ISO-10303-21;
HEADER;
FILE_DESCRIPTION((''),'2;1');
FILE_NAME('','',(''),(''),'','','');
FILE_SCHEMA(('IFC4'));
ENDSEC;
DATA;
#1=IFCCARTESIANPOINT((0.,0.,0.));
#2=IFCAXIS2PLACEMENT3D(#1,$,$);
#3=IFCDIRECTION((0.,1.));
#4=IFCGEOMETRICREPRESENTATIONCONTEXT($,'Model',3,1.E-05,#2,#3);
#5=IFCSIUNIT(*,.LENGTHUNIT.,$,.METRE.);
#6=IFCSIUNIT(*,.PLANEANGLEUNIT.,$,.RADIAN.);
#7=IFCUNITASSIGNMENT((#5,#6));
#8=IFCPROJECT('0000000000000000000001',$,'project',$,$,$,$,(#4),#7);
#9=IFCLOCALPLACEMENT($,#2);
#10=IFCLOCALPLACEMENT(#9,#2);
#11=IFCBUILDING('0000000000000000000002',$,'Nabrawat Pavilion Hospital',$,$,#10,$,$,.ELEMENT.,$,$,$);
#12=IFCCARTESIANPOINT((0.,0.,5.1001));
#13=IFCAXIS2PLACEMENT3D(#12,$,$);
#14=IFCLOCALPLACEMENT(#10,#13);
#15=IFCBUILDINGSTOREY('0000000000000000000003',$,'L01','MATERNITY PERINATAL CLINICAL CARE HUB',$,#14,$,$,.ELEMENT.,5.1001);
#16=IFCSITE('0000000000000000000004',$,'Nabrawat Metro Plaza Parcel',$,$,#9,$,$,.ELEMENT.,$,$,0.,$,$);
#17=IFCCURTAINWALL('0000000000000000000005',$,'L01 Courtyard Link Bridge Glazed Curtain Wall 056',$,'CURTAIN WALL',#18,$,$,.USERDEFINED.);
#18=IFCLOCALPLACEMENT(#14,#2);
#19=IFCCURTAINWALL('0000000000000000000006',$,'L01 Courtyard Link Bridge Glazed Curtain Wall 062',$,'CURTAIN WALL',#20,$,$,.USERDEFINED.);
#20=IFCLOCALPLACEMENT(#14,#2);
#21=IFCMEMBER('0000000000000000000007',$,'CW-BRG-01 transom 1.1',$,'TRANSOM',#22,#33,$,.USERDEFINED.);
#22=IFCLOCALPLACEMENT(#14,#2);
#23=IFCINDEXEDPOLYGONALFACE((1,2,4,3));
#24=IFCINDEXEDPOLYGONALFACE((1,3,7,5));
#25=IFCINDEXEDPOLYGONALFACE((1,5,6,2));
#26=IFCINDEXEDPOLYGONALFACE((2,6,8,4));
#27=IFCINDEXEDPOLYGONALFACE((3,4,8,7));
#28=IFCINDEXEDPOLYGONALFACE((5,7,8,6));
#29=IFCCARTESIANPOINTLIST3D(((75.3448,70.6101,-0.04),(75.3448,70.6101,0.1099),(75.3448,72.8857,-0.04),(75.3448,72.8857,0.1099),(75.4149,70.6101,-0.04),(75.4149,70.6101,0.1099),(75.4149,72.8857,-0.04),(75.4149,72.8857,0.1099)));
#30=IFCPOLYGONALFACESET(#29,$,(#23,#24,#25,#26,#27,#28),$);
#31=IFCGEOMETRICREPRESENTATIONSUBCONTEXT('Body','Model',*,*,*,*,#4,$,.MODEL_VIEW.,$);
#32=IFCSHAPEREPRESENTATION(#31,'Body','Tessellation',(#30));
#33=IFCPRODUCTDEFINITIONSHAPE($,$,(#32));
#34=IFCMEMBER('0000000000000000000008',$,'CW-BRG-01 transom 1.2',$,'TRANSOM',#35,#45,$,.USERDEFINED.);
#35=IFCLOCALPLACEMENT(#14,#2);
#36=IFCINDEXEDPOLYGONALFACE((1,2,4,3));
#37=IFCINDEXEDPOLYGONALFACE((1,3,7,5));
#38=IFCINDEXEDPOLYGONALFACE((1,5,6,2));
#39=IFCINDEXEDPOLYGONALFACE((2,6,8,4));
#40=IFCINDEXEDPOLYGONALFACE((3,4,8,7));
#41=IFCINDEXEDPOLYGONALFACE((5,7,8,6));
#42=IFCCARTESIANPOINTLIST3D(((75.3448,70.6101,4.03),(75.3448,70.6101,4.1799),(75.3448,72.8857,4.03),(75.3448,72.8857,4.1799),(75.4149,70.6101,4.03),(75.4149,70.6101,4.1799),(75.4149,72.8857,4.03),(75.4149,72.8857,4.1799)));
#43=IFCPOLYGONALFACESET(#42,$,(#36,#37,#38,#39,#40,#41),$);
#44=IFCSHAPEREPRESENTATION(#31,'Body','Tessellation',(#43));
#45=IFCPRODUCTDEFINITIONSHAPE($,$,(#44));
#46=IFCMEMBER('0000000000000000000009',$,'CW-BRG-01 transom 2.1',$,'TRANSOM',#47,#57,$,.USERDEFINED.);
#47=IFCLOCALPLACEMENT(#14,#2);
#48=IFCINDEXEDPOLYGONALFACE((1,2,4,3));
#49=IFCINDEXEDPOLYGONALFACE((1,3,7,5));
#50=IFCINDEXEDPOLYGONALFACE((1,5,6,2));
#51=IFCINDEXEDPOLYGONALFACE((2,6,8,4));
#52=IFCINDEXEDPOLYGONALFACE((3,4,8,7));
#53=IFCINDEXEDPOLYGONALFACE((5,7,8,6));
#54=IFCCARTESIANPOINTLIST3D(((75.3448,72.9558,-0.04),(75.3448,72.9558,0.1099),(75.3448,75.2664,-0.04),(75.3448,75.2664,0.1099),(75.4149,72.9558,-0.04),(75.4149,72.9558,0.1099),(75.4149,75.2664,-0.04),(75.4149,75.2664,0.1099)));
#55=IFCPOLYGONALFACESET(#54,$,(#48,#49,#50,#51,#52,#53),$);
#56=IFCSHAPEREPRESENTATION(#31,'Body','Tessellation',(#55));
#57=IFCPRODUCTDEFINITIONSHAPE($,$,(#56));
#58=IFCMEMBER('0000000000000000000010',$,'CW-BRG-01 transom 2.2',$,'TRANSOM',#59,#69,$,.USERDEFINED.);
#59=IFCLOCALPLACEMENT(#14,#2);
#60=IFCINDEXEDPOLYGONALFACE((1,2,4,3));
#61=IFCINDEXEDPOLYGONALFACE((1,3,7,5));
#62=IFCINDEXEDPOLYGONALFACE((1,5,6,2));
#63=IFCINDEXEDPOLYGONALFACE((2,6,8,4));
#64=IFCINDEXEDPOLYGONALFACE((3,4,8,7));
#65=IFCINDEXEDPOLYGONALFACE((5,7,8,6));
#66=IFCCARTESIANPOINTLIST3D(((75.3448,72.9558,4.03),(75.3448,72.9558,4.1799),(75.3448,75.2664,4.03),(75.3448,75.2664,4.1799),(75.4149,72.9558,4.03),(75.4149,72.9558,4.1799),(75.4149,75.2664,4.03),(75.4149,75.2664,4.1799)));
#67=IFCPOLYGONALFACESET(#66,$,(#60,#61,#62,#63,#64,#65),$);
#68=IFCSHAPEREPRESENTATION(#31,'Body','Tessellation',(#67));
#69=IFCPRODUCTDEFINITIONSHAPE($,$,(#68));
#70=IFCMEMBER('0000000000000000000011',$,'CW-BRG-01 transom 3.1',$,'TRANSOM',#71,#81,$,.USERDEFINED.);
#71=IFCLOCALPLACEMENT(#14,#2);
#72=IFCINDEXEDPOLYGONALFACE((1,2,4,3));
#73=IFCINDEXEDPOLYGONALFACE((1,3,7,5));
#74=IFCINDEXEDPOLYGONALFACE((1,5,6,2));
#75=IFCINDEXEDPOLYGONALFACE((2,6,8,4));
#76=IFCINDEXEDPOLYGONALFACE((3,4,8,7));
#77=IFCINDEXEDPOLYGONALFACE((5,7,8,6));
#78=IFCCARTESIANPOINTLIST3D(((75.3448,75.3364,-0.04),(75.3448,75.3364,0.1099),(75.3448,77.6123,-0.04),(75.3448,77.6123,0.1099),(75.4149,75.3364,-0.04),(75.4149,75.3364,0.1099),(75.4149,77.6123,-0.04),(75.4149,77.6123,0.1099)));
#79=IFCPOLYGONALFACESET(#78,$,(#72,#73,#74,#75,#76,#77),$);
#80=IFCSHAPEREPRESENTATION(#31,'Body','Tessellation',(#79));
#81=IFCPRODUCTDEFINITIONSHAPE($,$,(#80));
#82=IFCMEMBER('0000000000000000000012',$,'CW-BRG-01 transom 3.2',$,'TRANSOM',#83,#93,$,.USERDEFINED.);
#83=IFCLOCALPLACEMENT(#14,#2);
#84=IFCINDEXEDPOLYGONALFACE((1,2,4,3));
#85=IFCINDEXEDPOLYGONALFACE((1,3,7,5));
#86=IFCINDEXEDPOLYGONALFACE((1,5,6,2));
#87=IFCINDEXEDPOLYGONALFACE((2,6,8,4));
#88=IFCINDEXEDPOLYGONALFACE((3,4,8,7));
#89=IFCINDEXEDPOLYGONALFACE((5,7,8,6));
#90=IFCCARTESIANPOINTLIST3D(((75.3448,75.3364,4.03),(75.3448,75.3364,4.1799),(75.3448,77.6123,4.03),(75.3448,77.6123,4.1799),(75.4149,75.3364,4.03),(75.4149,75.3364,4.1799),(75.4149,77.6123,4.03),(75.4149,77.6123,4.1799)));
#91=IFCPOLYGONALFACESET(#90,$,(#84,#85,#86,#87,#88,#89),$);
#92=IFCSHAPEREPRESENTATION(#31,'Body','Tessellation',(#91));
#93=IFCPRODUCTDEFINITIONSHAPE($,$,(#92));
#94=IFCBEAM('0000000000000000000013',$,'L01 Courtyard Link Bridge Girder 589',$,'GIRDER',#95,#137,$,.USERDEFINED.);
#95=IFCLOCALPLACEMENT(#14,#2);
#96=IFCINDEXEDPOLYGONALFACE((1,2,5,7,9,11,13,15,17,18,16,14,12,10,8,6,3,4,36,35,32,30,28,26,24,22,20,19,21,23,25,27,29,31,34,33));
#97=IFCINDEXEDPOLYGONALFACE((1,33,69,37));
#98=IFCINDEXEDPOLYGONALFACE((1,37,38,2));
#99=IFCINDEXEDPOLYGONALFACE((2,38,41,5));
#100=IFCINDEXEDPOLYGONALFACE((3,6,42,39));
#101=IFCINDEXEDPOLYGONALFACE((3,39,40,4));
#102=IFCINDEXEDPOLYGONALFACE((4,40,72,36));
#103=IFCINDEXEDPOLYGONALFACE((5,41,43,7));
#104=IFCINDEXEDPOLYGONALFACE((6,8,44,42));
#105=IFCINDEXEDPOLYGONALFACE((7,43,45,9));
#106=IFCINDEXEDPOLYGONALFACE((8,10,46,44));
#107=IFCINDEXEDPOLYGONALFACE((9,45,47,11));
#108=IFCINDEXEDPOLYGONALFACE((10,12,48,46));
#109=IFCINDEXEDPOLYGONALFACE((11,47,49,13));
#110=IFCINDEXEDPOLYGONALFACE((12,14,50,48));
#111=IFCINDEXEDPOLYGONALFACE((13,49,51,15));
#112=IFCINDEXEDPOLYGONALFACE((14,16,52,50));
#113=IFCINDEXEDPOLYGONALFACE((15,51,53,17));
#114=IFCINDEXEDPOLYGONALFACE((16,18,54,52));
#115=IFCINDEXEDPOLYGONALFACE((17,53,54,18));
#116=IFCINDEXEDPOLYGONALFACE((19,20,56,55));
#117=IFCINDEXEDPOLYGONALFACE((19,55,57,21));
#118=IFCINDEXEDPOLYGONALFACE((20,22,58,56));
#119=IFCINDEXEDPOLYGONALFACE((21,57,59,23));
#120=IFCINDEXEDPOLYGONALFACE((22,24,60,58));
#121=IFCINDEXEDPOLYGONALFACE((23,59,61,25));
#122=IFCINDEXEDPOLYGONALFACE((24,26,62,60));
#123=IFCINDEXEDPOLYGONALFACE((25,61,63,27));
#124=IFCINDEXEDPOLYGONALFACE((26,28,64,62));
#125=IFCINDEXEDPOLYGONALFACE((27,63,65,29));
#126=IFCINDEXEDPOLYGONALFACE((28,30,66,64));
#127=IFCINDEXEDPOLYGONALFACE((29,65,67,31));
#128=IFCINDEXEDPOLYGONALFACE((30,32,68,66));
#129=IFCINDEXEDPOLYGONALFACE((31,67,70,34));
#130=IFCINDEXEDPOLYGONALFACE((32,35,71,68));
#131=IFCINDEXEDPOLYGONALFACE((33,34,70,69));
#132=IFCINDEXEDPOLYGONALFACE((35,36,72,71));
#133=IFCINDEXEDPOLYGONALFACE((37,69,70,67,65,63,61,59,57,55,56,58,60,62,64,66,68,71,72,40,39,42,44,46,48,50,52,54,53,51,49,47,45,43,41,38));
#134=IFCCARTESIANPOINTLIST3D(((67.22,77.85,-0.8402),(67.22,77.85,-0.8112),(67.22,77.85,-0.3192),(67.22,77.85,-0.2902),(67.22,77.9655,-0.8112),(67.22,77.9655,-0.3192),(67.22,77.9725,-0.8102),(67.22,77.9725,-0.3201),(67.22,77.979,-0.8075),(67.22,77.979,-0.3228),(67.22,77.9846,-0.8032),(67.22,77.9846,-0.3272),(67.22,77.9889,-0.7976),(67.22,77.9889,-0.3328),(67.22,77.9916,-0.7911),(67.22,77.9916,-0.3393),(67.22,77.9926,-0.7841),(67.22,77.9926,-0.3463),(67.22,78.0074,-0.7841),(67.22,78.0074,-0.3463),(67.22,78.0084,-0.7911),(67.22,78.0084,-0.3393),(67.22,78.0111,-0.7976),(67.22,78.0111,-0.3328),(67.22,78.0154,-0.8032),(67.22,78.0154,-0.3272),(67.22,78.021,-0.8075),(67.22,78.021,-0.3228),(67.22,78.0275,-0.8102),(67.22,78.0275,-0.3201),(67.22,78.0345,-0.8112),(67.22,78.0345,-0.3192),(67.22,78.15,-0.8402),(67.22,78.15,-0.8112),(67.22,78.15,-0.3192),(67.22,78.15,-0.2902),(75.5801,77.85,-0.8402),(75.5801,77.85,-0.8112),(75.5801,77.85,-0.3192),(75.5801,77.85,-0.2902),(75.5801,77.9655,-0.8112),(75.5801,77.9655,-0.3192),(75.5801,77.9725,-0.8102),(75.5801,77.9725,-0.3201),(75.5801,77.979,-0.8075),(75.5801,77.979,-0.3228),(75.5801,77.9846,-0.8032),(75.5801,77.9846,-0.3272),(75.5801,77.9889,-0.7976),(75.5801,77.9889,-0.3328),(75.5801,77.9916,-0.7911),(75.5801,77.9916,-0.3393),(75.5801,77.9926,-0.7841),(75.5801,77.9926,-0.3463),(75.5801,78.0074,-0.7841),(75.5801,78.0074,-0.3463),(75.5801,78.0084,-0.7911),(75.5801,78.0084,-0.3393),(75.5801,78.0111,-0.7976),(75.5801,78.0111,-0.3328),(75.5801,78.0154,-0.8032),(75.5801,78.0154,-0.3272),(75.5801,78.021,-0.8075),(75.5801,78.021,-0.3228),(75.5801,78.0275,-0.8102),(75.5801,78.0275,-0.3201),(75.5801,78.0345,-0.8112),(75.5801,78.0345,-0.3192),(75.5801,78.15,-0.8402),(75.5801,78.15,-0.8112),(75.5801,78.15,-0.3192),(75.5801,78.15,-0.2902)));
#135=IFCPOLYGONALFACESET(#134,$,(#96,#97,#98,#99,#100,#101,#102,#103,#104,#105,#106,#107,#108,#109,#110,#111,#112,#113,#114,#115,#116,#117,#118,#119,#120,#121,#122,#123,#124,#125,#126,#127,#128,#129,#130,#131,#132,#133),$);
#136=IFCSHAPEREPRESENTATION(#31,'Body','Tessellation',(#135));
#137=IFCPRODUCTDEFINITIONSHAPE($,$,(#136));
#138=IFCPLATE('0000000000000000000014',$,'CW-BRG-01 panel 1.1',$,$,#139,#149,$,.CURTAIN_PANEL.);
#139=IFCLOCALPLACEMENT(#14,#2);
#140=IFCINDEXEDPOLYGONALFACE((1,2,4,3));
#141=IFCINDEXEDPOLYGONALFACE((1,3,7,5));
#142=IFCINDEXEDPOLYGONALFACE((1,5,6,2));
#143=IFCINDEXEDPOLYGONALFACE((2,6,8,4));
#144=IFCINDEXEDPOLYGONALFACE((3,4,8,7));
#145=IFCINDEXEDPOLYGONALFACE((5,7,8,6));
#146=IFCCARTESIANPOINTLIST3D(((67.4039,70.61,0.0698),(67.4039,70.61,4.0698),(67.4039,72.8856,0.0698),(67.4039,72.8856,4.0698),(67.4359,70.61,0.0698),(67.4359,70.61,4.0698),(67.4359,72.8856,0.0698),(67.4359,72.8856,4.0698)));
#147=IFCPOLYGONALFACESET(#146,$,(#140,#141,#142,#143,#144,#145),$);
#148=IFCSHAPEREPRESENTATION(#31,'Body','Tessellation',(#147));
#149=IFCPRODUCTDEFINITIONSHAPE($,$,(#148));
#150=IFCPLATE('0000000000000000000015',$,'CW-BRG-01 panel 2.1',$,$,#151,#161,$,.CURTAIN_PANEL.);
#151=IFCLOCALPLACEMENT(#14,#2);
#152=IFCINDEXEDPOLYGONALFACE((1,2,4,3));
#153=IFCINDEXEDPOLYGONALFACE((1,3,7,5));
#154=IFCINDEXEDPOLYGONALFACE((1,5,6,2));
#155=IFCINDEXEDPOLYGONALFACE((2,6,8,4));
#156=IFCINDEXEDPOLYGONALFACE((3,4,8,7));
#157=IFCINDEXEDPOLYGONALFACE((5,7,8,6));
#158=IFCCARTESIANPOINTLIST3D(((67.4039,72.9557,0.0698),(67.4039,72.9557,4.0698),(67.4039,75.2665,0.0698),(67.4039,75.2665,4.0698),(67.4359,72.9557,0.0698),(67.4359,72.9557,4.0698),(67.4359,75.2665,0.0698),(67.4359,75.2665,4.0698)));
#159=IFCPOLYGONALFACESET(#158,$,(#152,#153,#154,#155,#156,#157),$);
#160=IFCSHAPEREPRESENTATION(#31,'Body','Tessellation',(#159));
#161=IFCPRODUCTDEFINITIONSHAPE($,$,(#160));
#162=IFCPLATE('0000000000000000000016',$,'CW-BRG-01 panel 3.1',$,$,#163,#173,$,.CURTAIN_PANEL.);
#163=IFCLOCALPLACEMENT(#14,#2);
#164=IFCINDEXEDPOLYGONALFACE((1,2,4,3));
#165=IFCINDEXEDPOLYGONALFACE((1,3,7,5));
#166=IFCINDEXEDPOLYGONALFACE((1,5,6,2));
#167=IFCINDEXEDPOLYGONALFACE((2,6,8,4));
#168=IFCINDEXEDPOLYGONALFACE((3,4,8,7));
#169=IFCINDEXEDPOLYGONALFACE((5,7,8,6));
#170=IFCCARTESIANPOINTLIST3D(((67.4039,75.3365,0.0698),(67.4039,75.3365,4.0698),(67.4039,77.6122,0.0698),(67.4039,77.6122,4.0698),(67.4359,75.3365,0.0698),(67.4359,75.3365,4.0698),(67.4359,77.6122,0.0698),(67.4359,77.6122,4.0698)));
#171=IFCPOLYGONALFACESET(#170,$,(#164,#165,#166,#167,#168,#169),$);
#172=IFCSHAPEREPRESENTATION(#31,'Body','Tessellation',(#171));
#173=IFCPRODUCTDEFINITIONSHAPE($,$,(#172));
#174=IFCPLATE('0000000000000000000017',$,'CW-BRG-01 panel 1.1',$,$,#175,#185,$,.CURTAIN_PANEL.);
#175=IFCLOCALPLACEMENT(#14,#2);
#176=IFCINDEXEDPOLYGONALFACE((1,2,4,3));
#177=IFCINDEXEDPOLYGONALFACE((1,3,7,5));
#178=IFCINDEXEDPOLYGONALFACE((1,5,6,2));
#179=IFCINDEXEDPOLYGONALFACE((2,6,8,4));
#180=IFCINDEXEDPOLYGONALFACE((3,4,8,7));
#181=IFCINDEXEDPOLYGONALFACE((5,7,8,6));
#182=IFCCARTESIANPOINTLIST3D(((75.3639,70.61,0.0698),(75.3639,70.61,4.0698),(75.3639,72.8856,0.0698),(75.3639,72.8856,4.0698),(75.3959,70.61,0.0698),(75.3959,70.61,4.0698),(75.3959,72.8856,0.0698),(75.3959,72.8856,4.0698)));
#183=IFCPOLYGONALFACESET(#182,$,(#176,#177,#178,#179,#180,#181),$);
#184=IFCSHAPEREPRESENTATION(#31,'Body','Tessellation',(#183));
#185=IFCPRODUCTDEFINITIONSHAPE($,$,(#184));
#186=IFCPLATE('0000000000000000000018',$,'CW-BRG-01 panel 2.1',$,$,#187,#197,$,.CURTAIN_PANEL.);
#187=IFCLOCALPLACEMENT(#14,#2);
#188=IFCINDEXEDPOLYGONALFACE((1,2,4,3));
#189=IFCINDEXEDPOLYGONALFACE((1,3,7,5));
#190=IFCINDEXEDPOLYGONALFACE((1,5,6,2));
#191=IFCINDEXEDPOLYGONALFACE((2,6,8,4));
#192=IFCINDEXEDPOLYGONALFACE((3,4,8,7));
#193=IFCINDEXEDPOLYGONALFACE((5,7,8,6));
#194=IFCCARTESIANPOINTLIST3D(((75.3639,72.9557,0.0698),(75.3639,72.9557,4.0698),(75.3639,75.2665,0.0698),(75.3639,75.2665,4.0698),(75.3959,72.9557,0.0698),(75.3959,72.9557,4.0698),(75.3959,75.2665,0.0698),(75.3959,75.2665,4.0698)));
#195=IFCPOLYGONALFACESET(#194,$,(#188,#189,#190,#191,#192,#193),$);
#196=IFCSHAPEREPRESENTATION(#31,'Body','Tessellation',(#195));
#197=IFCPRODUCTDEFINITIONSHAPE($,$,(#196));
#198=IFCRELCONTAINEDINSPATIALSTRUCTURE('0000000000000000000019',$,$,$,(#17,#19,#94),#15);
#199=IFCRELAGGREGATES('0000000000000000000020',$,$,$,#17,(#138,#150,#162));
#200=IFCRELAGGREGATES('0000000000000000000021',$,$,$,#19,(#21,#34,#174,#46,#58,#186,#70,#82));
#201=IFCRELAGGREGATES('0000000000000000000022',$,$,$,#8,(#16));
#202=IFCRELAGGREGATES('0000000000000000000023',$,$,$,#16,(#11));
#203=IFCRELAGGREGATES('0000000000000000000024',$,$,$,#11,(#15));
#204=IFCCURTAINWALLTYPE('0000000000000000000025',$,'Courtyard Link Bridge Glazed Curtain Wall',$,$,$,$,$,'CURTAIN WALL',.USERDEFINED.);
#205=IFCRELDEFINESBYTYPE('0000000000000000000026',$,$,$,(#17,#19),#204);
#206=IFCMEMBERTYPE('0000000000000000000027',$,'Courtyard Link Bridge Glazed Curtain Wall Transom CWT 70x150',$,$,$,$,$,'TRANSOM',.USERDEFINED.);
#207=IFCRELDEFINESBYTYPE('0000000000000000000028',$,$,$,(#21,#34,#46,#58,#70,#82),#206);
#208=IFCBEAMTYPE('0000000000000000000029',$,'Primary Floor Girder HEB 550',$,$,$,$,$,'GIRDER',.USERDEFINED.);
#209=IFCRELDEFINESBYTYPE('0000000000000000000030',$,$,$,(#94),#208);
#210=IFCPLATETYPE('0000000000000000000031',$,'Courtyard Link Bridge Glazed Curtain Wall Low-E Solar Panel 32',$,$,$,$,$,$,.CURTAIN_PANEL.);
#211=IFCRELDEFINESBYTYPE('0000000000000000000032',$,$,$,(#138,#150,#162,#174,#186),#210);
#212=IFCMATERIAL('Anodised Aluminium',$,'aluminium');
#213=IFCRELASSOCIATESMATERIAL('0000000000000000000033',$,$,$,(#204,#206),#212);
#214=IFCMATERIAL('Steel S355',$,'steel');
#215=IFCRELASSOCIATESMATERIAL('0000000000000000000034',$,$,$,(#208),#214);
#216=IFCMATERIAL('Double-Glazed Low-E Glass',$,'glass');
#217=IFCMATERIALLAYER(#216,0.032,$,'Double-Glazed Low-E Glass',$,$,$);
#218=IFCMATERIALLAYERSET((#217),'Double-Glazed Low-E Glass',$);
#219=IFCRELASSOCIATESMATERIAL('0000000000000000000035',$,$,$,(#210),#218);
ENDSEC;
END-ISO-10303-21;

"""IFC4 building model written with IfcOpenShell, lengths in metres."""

from ifc_helpers import new_model, si_unit, direction, frame, origin, origin_2d, place, context, subcontext, project, spatial, rectangle, i_section, extrude, material, layer, layer_set, material_profile, profile_set, type_object, element, aggregate, save


model = new_model("IFC4")

# Units and contexts
model_context = context("Model", 3, precision=1e-05, world=origin(), true_north=direction((0.0, 1.0)))
body_context = subcontext(model_context, "Body", "Model", "MODEL_VIEW")
ifc_project = project(units=[si_unit("LENGTHUNIT", "METRE"), si_unit("PLANEANGLEUNIT", "RADIAN")], contexts=[model_context])

# Site, building, storey
site_placement = place(None, origin())
site = spatial("IfcSite", under=ifc_project, at=site_placement, Name="Nabrawat Metro Plaza Parcel", CompositionType="ELEMENT", RefElevation=0.0)
building_placement = place(site_placement, origin())
building = spatial("IfcBuilding", under=site, at=building_placement, Name="Nabrawat Pavilion Hospital", CompositionType="ELEMENT")
storey_placement = place(building_placement, frame((0.0, 0.0, 5.1001)))
storey = spatial("IfcBuildingStorey", under=building, at=storey_placement, Name="L01", Description="MATERNITY PERINATAL CLINICAL CARE HUB", CompositionType="ELEMENT", Elevation=5.1001)

# Shared definitions
ifc_material_1 = material(Name="Steel S355", Category="steel")

# Curtain wall
ifc_material_2 = material(Name="Anodised Aluminium", Category="aluminium")
curtain_wall_type = type_object("IfcCurtainWallType", Name="Courtyard Link Bridge Glazed Curtain Wall", ElementType="CURTAIN WALL", PredefinedType="USERDEFINED", material=ifc_material_2)
curtain_wall_1_placement = place(storey_placement, origin())
curtain_wall_1 = element("IfcCurtainWall", 1, at=curtain_wall_1_placement, inside=storey, type_object=curtain_wall_type, Name="L01 Courtyard Link Bridge Glazed Curtain Wall 056", ObjectType="CURTAIN WALL", PredefinedType="USERDEFINED")

# Curtain wall
curtain_wall_2_placement = place(storey_placement, origin())
curtain_wall_2 = element("IfcCurtainWall", 2, at=curtain_wall_2_placement, inside=storey, type_object=curtain_wall_type, Name="L01 Courtyard Link Bridge Glazed Curtain Wall 062", ObjectType="CURTAIN WALL", PredefinedType="USERDEFINED")

# Members
ifc_material_profile_1 = material_profile(ifc_material_2, rectangle(XDim=0.0701, YDim=0.1499, at=origin_2d()), Name="CWT 70x150")
ifc_profile_set_1 = profile_set([ifc_material_profile_1], Name="Anodised Aluminium")
member_type_1 = type_object("IfcMemberType", Name="Courtyard Link Bridge Glazed Curtain Wall Transom CWT 70x150", ElementType="TRANSOM", PredefinedType="USERDEFINED", material=ifc_profile_set_1)
member_1_placement = place(storey_placement, frame((75.3799, 70.6101, 0.0349), z_axis=(0.0, 1.0, 0.0), x_axis=(-1.0, 0.0, 0.0)))
member_1 = element("IfcMember", 3, at=member_1_placement, type_object=member_type_1, Name="CW-BRG-01 transom 1.1", ObjectType="TRANSOM", PredefinedType="USERDEFINED", context=body_context, shape_type="SweptSolid", body=[
    extrude(rectangle(XDim=0.0701, YDim=0.1499, at=origin_2d()), origin(), (0.0, 0.0, 1.0), 2.2756),
])
member_2_placement = place(storey_placement, frame((75.3799, 70.6101, 4.105), z_axis=(0.0, 1.0, 0.0), x_axis=(-1.0, 0.0, 0.0)))
member_2 = element("IfcMember", 4, at=member_2_placement, type_object=member_type_1, Name="CW-BRG-01 transom 1.2", ObjectType="TRANSOM", PredefinedType="USERDEFINED", context=body_context, shape_type="SweptSolid", body=[
    extrude(rectangle(XDim=0.0701, YDim=0.1499, at=origin_2d()), origin(), (0.0, 0.0, 1.0), 2.2756),
])
member_3_placement = place(storey_placement, frame((75.3799, 72.9558, 0.0349), z_axis=(0.0, 1.0, 0.0), x_axis=(-1.0, 0.0, 0.0)))
member_3 = element("IfcMember", 5, at=member_3_placement, type_object=member_type_1, Name="CW-BRG-01 transom 2.1", ObjectType="TRANSOM", PredefinedType="USERDEFINED", context=body_context, shape_type="SweptSolid", body=[
    extrude(rectangle(XDim=0.0701, YDim=0.1499, at=origin_2d()), origin(), (0.0, 0.0, 1.0), 2.3105),
])
member_4_placement = place(storey_placement, frame((75.3799, 72.9558, 4.105), z_axis=(0.0, 1.0, 0.0), x_axis=(-1.0, 0.0, 0.0)))
member_4 = element("IfcMember", 6, at=member_4_placement, type_object=member_type_1, Name="CW-BRG-01 transom 2.2", ObjectType="TRANSOM", PredefinedType="USERDEFINED", context=body_context, shape_type="SweptSolid", body=[
    extrude(rectangle(XDim=0.0701, YDim=0.1499, at=origin_2d()), origin(), (0.0, 0.0, 1.0), 2.3105),
])
member_5_placement = place(storey_placement, frame((75.3799, 75.3364, 0.0349), z_axis=(0.0, 1.0, 0.0), x_axis=(-1.0, 0.0, 0.0)))
member_5 = element("IfcMember", 7, at=member_5_placement, type_object=member_type_1, Name="CW-BRG-01 transom 3.1", ObjectType="TRANSOM", PredefinedType="USERDEFINED", context=body_context, shape_type="SweptSolid", body=[
    extrude(rectangle(XDim=0.0701, YDim=0.1499, at=origin_2d()), origin(), (0.0, 0.0, 1.0), 2.2759),
])
member_6_placement = place(storey_placement, frame((75.3799, 75.3364, 4.105), z_axis=(0.0, 1.0, 0.0), x_axis=(-1.0, 0.0, 0.0)))
member_6 = element("IfcMember", 8, at=member_6_placement, type_object=member_type_1, Name="CW-BRG-01 transom 3.2", ObjectType="TRANSOM", PredefinedType="USERDEFINED", context=body_context, shape_type="SweptSolid", body=[
    extrude(rectangle(XDim=0.0701, YDim=0.1499, at=origin_2d()), origin(), (0.0, 0.0, 1.0), 2.2759),
])

# Beam
ifc_material_profile_2 = material_profile(ifc_material_1, i_section(OverallWidth=0.3, OverallDepth=0.55, WebThickness=0.0149, FlangeThickness=0.0291, FilletRadius=0.0271, at=origin_2d()), Name="HEB 550")
ifc_profile_set_2 = profile_set([ifc_material_profile_2], Name="Steel S355")
beam_type_1 = type_object("IfcBeamType", Name="Primary Floor Girder HEB 550", ElementType="GIRDER", PredefinedType="USERDEFINED", material=ifc_profile_set_2)
beam_placement = place(storey_placement, frame((67.22, 78.0, -0.5652), z_axis=(1.0, 0.0, 0.0), x_axis=(0.0, 1.0, 0.0)))
element("IfcBeam", 9, at=beam_placement, inside=storey, type_object=beam_type_1, Name="L01 Courtyard Link Bridge Girder 589", ObjectType="GIRDER", PredefinedType="USERDEFINED", context=body_context, shape_type="SweptSolid", body=[
    extrude(i_section(OverallWidth=0.3, OverallDepth=0.55, WebThickness=0.0149, FlangeThickness=0.0291, FilletRadius=0.0271, at=origin_2d()), origin(), (0.0, 0.0, 1.0), 8.3601),
])

# Plates
ifc_material_3 = material(Name="Double-Glazed Low-E Glass", Category="glass")
ifc_layer_1 = layer(ifc_material_3, 0.032, Name="Double-Glazed Low-E Glass")
ifc_layer_set_1 = layer_set([ifc_layer_1], Name="Double-Glazed Low-E Glass")
plate_type_1 = type_object("IfcPlateType", Name="Courtyard Link Bridge Glazed Curtain Wall Low-E Solar Panel 32", PredefinedType="CURTAIN_PANEL", material=ifc_layer_set_1)
plate_1_placement = place(storey_placement, frame((67.4199, 71.7478, 0.0698), z_axis=(0.0, 0.0, 1.0), x_axis=(0.0, 1.0, 0.0)))
plate_1 = element("IfcPlate", 10, at=plate_1_placement, type_object=plate_type_1, Name="CW-BRG-01 panel 1.1", PredefinedType="CURTAIN_PANEL", context=body_context, shape_type="SweptSolid", body=[
    extrude(rectangle(XDim=2.2756, YDim=0.032, at=origin_2d()), origin(), (0.0, 0.0, 1.0), 4.0),
])
plate_2_placement = place(storey_placement, frame((67.4199, 74.1111, 0.0698), z_axis=(0.0, 0.0, 1.0), x_axis=(0.0, 1.0, 0.0)))
plate_2 = element("IfcPlate", 11, at=plate_2_placement, type_object=plate_type_1, Name="CW-BRG-01 panel 2.1", PredefinedType="CURTAIN_PANEL", context=body_context, shape_type="SweptSolid", body=[
    extrude(rectangle(XDim=2.3108, YDim=0.032, at=origin_2d()), origin(), (0.0, 0.0, 1.0), 4.0),
])
plate_3_placement = place(storey_placement, frame((67.4199, 76.4744, 0.0698), z_axis=(0.0, 0.0, 1.0), x_axis=(0.0, 1.0, 0.0)))
plate_3 = element("IfcPlate", 12, at=plate_3_placement, type_object=plate_type_1, Name="CW-BRG-01 panel 3.1", PredefinedType="CURTAIN_PANEL", context=body_context, shape_type="SweptSolid", body=[
    extrude(rectangle(XDim=2.2756, YDim=0.032, at=origin_2d()), origin(), (0.0, 0.0, 1.0), 4.0),
])
aggregate(curtain_wall_1, [plate_1, plate_2, plate_3])
plate_4_placement = place(storey_placement, frame((75.3799, 71.7478, 0.0698), z_axis=(0.0, 0.0, 1.0), x_axis=(0.0, 1.0, 0.0)))
plate_4 = element("IfcPlate", 13, at=plate_4_placement, type_object=plate_type_1, Name="CW-BRG-01 panel 1.1", PredefinedType="CURTAIN_PANEL", context=body_context, shape_type="SweptSolid", body=[
    extrude(rectangle(XDim=2.2756, YDim=0.032, at=origin_2d()), origin(), (0.0, 0.0, 1.0), 4.0),
])
plate_5_placement = place(storey_placement, frame((75.3799, 74.1111, 0.0698), z_axis=(0.0, 0.0, 1.0), x_axis=(0.0, 1.0, 0.0)))
plate_5 = element("IfcPlate", 14, at=plate_5_placement, type_object=plate_type_1, Name="CW-BRG-01 panel 2.1", PredefinedType="CURTAIN_PANEL", context=body_context, shape_type="SweptSolid", body=[
    extrude(rectangle(XDim=2.3108, YDim=0.032, at=origin_2d()), origin(), (0.0, 0.0, 1.0), 4.0),
])
aggregate(curtain_wall_2, [member_1, member_2, plate_4, member_3, member_4, plate_5, member_5, member_6])

save(model, "model.ifc")
